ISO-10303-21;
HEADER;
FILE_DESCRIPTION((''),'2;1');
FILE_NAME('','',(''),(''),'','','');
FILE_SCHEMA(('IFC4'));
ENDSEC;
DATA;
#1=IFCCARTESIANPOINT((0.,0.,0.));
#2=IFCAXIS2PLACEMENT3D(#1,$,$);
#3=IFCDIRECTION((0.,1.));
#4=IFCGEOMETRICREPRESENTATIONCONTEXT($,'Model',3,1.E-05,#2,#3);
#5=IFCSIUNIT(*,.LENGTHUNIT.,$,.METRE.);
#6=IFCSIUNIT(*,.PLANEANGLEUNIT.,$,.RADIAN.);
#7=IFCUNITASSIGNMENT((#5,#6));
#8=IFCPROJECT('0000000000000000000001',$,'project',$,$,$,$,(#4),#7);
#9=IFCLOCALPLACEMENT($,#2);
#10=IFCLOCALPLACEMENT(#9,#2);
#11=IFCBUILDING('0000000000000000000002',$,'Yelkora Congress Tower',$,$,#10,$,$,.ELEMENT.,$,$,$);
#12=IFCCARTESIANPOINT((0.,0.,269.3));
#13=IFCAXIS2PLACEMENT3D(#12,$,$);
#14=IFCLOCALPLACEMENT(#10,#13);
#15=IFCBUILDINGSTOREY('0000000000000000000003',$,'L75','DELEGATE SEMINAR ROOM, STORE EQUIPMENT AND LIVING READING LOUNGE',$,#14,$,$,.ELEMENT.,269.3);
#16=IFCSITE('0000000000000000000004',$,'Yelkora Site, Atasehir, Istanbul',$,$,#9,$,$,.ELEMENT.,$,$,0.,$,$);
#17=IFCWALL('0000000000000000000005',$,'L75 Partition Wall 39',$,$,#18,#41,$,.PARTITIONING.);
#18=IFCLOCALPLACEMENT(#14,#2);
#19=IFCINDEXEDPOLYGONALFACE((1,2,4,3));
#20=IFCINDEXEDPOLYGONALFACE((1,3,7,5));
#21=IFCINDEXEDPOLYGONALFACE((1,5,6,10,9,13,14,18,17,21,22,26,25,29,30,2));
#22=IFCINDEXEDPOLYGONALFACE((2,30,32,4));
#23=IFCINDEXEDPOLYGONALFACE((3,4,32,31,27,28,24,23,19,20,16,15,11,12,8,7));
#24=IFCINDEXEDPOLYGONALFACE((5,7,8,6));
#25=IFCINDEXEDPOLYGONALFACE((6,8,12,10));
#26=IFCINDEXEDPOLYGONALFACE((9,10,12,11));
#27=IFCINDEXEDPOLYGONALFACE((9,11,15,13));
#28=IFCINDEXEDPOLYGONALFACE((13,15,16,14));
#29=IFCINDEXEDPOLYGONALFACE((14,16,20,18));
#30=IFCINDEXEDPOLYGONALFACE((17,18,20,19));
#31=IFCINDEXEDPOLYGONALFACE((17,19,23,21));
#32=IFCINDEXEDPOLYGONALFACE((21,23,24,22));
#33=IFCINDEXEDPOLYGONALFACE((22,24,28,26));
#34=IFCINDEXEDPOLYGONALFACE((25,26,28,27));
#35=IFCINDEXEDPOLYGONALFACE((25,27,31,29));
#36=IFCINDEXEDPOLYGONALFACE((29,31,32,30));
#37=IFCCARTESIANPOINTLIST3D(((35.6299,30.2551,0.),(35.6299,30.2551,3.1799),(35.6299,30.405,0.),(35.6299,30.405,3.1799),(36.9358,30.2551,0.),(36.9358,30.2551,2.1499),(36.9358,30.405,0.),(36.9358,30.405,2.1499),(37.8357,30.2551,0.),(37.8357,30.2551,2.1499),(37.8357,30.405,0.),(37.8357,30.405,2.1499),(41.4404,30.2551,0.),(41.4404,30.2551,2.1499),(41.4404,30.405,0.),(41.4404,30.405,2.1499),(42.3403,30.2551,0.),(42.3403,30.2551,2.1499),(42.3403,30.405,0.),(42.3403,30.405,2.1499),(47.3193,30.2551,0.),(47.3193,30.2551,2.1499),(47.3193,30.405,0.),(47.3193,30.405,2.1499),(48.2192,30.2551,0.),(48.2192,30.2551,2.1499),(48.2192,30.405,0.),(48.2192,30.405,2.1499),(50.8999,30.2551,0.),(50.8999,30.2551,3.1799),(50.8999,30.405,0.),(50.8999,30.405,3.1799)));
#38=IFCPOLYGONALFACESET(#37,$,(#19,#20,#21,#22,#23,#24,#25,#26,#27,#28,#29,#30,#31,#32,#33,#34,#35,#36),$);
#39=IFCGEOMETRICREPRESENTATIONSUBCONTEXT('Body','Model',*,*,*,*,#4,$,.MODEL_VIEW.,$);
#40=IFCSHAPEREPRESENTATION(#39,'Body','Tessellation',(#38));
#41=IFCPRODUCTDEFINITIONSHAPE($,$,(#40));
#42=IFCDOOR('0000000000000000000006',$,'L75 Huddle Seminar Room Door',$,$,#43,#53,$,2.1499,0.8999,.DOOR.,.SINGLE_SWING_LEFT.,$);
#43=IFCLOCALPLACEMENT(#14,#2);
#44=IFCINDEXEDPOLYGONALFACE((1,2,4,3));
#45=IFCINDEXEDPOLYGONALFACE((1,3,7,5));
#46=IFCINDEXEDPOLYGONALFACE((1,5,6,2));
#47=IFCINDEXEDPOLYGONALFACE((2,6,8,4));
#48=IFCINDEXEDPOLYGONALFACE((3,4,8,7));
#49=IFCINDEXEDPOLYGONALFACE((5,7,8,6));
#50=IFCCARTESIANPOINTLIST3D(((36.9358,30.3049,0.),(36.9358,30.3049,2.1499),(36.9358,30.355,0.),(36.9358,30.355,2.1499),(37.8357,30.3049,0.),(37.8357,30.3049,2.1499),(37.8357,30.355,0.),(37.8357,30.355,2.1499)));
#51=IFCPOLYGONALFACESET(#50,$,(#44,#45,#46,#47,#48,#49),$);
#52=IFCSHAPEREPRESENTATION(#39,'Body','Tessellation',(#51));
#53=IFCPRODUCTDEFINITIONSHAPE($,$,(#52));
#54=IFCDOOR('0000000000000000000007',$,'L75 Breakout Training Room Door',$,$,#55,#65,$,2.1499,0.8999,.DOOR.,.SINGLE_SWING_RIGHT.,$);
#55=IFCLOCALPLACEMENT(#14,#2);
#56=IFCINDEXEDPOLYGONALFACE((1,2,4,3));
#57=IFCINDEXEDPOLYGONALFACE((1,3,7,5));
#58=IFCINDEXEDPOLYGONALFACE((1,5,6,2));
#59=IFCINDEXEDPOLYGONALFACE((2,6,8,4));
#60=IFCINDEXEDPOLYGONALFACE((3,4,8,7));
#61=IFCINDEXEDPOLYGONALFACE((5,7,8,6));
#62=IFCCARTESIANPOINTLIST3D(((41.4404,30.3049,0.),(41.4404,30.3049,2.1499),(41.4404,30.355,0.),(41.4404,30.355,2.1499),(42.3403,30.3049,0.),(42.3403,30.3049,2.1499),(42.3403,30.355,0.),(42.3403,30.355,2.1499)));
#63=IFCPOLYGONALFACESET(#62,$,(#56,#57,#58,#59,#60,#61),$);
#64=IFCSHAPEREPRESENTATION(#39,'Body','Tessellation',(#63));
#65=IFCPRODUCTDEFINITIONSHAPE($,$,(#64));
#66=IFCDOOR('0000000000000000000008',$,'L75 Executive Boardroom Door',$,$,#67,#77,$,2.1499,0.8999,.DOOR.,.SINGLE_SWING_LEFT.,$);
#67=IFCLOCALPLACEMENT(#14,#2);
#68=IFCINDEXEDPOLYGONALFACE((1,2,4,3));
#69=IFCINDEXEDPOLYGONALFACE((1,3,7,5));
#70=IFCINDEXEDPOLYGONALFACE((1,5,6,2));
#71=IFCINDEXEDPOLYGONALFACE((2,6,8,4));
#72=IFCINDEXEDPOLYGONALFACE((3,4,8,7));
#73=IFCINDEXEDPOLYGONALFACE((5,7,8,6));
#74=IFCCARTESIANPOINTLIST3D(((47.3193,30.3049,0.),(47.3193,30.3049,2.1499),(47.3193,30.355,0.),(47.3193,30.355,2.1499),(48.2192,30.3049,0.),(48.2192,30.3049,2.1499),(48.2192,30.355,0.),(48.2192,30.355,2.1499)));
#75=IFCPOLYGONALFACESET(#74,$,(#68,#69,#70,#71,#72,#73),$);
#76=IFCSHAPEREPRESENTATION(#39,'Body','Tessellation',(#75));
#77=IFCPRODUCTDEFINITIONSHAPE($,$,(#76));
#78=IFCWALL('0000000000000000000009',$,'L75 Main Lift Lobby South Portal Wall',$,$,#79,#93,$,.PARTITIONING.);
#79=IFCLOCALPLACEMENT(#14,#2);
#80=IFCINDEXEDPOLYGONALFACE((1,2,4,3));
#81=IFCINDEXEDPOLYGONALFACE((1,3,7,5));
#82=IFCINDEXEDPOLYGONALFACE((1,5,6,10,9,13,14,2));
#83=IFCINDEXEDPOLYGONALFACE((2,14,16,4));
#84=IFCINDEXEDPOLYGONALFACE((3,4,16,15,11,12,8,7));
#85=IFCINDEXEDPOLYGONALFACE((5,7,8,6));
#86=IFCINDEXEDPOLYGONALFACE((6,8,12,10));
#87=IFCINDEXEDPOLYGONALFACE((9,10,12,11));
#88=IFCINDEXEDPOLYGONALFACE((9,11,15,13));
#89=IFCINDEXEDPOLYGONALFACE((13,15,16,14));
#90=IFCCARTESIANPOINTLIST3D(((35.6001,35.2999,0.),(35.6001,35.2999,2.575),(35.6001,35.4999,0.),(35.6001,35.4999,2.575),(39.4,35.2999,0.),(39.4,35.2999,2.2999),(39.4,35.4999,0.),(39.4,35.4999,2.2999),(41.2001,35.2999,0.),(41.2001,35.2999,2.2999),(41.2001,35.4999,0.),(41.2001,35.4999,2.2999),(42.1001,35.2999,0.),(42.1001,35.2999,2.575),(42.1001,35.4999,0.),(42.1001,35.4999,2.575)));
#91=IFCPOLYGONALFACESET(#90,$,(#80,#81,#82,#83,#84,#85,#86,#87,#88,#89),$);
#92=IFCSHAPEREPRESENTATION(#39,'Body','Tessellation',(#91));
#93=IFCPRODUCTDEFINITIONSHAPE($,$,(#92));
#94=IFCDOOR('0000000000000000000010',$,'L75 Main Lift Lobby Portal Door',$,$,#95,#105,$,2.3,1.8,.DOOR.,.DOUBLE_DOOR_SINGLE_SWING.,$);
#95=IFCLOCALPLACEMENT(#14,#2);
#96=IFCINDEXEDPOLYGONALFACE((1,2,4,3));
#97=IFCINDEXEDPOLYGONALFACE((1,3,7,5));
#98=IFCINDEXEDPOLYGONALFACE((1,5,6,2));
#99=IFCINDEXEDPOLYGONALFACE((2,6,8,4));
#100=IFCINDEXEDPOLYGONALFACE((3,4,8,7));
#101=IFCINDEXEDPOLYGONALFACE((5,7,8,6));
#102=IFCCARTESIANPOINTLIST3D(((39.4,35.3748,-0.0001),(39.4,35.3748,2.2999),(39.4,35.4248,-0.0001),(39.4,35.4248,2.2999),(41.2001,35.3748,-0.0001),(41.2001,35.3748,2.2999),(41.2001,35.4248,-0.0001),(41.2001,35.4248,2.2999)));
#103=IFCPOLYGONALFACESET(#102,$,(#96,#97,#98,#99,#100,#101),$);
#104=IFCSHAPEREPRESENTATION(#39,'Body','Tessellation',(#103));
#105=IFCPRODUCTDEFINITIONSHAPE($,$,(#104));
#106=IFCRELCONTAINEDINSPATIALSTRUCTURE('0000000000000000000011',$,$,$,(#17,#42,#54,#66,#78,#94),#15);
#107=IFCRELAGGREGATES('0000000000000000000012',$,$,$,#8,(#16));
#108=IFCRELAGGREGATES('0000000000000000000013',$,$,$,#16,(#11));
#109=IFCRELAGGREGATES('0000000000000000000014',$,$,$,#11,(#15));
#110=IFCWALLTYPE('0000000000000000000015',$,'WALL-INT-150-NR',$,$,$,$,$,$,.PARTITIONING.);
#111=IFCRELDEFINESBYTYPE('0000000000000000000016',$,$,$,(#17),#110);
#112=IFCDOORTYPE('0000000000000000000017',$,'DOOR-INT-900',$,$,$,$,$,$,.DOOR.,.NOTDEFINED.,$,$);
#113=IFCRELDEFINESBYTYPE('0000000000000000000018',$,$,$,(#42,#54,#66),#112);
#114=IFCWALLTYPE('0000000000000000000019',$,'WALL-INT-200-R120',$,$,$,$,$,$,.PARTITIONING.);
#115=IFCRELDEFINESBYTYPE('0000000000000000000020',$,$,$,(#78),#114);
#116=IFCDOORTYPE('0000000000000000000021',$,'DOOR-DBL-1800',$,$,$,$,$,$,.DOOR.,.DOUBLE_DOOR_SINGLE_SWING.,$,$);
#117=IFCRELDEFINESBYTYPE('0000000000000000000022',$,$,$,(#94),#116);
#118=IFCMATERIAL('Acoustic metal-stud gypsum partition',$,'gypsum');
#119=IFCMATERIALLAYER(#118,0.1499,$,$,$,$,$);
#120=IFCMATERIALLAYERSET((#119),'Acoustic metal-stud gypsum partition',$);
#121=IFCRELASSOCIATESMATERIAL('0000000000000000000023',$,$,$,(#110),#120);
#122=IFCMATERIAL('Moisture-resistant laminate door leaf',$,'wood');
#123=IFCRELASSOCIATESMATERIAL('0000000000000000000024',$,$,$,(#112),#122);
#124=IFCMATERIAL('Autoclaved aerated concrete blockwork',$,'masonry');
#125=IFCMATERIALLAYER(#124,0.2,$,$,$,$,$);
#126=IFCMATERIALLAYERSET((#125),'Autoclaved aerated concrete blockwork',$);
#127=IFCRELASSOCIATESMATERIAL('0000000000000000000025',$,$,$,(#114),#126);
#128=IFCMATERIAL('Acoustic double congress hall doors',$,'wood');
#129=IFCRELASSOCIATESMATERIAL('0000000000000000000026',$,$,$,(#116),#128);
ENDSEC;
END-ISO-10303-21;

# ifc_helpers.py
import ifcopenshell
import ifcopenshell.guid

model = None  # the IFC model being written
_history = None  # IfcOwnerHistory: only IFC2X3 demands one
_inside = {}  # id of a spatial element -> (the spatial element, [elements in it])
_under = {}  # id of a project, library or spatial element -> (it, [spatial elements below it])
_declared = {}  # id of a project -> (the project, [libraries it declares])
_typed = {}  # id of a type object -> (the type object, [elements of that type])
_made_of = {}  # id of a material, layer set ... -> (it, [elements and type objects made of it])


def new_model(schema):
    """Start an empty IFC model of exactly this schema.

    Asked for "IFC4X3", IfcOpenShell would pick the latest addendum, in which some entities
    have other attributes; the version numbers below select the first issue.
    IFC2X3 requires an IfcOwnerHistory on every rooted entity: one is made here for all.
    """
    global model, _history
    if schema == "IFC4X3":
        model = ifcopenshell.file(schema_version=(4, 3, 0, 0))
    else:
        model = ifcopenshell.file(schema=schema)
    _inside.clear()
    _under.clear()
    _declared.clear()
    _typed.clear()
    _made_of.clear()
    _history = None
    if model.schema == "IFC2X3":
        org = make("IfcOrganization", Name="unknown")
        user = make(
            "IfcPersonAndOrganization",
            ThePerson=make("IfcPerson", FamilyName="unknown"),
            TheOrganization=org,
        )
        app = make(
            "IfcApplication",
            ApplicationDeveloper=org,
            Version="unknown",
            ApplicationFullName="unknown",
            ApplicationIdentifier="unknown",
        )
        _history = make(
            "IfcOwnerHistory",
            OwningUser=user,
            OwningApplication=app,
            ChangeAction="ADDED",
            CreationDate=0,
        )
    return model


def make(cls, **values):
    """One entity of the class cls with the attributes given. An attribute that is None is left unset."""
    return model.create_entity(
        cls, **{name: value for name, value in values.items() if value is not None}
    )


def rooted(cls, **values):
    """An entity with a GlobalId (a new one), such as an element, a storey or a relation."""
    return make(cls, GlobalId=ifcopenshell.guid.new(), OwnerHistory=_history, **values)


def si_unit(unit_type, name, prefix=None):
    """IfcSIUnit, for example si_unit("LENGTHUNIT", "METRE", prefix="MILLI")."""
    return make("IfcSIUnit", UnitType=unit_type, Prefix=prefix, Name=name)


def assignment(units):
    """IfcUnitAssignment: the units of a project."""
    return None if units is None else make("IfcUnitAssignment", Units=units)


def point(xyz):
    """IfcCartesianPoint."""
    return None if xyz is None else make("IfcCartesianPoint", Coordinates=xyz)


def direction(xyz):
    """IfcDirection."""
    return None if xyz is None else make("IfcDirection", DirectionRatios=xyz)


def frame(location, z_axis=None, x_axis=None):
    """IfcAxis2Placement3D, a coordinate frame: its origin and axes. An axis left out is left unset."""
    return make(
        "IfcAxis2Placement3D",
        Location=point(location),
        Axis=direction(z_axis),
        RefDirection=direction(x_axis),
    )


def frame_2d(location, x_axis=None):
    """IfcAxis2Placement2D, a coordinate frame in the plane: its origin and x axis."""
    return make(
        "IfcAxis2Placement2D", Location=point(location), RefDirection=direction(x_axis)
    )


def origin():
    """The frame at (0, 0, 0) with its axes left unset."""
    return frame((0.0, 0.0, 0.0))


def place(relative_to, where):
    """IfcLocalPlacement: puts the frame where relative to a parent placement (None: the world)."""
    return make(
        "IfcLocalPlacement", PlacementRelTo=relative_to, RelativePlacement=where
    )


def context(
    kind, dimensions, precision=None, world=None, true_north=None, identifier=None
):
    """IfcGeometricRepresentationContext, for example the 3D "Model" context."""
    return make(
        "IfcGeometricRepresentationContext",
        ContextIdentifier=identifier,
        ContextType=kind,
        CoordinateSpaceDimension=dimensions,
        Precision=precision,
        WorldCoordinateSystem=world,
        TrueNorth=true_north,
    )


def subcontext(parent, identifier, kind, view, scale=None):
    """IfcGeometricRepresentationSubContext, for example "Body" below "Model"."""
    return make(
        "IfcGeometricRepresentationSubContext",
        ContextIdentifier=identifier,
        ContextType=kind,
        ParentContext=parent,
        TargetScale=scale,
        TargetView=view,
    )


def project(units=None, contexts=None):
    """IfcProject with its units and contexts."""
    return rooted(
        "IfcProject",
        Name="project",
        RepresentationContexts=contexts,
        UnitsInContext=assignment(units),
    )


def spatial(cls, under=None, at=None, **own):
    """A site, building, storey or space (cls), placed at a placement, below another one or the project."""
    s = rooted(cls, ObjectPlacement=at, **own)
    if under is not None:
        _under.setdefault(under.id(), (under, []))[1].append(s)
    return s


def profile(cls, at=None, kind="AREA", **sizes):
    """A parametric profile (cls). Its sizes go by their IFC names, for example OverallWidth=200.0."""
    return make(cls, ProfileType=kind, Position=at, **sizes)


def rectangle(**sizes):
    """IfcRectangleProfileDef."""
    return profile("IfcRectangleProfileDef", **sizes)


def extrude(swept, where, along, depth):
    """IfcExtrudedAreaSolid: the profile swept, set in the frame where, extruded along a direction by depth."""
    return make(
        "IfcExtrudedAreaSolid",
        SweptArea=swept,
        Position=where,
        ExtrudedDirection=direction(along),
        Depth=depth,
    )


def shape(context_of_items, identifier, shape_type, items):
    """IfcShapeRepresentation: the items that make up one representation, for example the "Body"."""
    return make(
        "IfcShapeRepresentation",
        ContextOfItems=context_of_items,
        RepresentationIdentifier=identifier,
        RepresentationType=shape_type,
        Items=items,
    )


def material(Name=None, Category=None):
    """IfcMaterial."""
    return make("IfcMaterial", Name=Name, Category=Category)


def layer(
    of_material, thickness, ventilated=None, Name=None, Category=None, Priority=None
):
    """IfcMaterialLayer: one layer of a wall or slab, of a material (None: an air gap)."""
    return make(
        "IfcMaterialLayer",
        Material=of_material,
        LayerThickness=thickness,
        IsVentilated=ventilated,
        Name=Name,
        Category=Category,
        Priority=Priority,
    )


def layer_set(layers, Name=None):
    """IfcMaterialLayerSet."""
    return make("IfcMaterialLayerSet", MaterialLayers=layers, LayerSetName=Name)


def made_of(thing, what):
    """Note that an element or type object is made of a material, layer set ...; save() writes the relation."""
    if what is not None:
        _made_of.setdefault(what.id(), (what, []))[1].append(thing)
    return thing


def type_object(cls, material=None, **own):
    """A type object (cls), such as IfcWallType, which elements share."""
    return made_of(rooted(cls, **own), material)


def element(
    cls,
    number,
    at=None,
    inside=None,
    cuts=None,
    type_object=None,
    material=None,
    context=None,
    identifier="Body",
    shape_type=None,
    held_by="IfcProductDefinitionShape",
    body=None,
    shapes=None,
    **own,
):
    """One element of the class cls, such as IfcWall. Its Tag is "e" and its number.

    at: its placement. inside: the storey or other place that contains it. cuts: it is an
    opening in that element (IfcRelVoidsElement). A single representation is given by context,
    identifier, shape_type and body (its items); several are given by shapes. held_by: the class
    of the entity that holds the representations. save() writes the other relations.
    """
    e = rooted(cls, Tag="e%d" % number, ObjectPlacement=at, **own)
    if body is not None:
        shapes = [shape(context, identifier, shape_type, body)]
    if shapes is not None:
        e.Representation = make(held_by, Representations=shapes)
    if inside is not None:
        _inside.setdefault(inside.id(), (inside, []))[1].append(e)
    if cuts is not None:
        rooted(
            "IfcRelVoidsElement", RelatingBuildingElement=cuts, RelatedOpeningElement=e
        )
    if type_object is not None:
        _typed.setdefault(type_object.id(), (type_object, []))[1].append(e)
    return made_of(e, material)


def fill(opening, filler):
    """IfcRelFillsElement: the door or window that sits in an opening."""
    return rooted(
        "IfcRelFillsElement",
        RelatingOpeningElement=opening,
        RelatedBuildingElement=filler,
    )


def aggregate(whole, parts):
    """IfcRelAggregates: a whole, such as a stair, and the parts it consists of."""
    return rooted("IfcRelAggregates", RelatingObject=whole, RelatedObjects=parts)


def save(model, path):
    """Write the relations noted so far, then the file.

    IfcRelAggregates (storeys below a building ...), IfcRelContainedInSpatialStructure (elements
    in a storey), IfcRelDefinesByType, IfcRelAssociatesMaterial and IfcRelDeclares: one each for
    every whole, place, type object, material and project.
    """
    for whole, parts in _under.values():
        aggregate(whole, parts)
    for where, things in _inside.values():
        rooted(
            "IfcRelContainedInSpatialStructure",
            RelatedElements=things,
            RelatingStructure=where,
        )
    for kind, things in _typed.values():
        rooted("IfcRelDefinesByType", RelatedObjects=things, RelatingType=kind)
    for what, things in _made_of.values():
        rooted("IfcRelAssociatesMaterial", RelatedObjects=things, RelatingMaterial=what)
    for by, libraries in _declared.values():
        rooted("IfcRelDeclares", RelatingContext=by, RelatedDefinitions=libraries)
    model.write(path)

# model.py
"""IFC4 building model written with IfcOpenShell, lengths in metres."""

from ifc_helpers import new_model, si_unit, direction, frame, frame_2d, origin, place, context, subcontext, project, spatial, rectangle, extrude, material, layer, layer_set, type_object, element, fill, save


model = new_model("IFC4")

# Units and contexts
model_context = context("Model", 3, precision=1e-05, world=origin(), true_north=direction((0.0, 1.0)))
body_context = subcontext(model_context, "Body", "Model", "MODEL_VIEW")
ifc_project = project(units=[si_unit("LENGTHUNIT", "METRE"), si_unit("PLANEANGLEUNIT", "RADIAN")], contexts=[model_context])

# Site, building, storey
site_placement = place(None, origin())
site = spatial("IfcSite", under=ifc_project, at=site_placement, Name="Yelkora Site, Atasehir, Istanbul", CompositionType="ELEMENT", RefElevation=0.0)
building_placement = place(site_placement, origin())
building = spatial("IfcBuilding", under=site, at=building_placement, Name="Yelkora Congress Tower", CompositionType="ELEMENT")
storey_placement = place(building_placement, frame((0.0, 0.0, 269.3)))
storey = spatial("IfcBuildingStorey", under=building, at=storey_placement, Name="L75", Description="DELEGATE SEMINAR ROOM, STORE EQUIPMENT AND LIVING READING LOUNGE", CompositionType="ELEMENT", Elevation=269.3)

# Shared definitions
ifc_material_1 = material(Name="Acoustic metal-stud gypsum partition", Category="gypsum")
ifc_layer_1 = layer(ifc_material_1, 0.1499)
ifc_layer_set_1 = layer_set([ifc_layer_1], Name="Acoustic metal-stud gypsum partition")
wall_type_1 = type_object("IfcWallType", Name="WALL-INT-150-NR", PredefinedType="PARTITIONING", material=ifc_layer_set_1)

# Wall, openings, doors
wall_1_placement = place(storey_placement, frame((35.6299, 30.3301, 0.0), z_axis=(0.0, 0.0, 1.0), x_axis=(1.0, 0.0, 0.0)))
wall_1 = element("IfcWall", 1, at=wall_1_placement, inside=storey, type_object=wall_type_1, Name="L75 Partition Wall 39", PredefinedType="PARTITIONING", context=body_context, shape_type="SweptSolid", body=[
    extrude(rectangle(XDim=15.27, YDim=0.1499, at=frame_2d((7.635, 0.0))), origin(), (0.0, 0.0, 1.0), 3.1799),
])
opening_1_placement = place(wall_1_placement, frame((1.3059, 0.0, 0.0)))
opening_1 = element("IfcOpeningElement", 2, at=opening_1_placement, cuts=wall_1, PredefinedType="OPENING", context=body_context, shape_type="SweptSolid", body=[
    extrude(rectangle(XDim=0.8999, YDim=2.1499, at=frame_2d((0.45, 1.075))), frame((0.0, 0.085, 0.0), z_axis=(0.0, -1.0, 0.0), x_axis=(1.0, 0.0, 0.0)), (0.0, 0.0, 1.0), 0.1699),
])
opening_2_placement = place(wall_1_placement, frame((5.8105, 0.0, 0.0)))
opening_2 = element("IfcOpeningElement", 3, at=opening_2_placement, cuts=wall_1, PredefinedType="OPENING", context=body_context, shape_type="SweptSolid", body=[
    extrude(rectangle(XDim=0.8999, YDim=2.1499, at=frame_2d((0.45, 1.075))), frame((0.0, 0.085, 0.0), z_axis=(0.0, -1.0, 0.0), x_axis=(1.0, 0.0, 0.0)), (0.0, 0.0, 1.0), 0.1699),
])
opening_3_placement = place(wall_1_placement, frame((11.6895, 0.0, 0.0)))
opening_3 = element("IfcOpeningElement", 4, at=opening_3_placement, cuts=wall_1, PredefinedType="OPENING", context=body_context, shape_type="SweptSolid", body=[
    extrude(rectangle(XDim=0.8999, YDim=2.1499, at=frame_2d((0.45, 1.075))), frame((0.0, 0.085, 0.0), z_axis=(0.0, -1.0, 0.0), x_axis=(1.0, 0.0, 0.0)), (0.0, 0.0, 1.0), 0.1699),
])
ifc_material_2 = material(Name="Moisture-resistant laminate door leaf", Category="wood")
door_type_1 = type_object("IfcDoorType", Name="DOOR-INT-900", OperationType="NOTDEFINED", PredefinedType="DOOR", material=ifc_material_2)
door_1_placement = place(opening_1_placement, origin())
door_1 = element("IfcDoor", 5, at=door_1_placement, inside=storey, type_object=door_type_1, Name="L75 Huddle Seminar Room Door", OperationType="SINGLE_SWING_LEFT", OverallHeight=2.1499, OverallWidth=0.8999, PredefinedType="DOOR", context=body_context, shape_type="SweptSolid", body=[
    extrude(rectangle(XDim=0.8999, YDim=2.1499, at=frame_2d((0.45, 1.075))), frame((0.0, 0.0249, 0.0), z_axis=(0.0, -1.0, 0.0), x_axis=(1.0, 0.0, 0.0)), (0.0, 0.0, 1.0), 0.05),
])
fill(opening_1, door_1)
door_2_placement = place(opening_2_placement, origin())
door_2 = element("IfcDoor", 6, at=door_2_placement, inside=storey, type_object=door_type_1, Name="L75 Breakout Training Room Door", OperationType="SINGLE_SWING_RIGHT", OverallHeight=2.1499, OverallWidth=0.8999, PredefinedType="DOOR", context=body_context, shape_type="SweptSolid", body=[
    extrude(rectangle(XDim=0.8999, YDim=2.1499, at=frame_2d((0.45, 1.075))), frame((0.0, 0.0249, 0.0), z_axis=(0.0, -1.0, 0.0), x_axis=(1.0, 0.0, 0.0)), (0.0, 0.0, 1.0), 0.05),
])
fill(opening_2, door_2)
door_3_placement = place(opening_3_placement, origin())
door_3 = element("IfcDoor", 7, at=door_3_placement, inside=storey, type_object=door_type_1, Name="L75 Executive Boardroom Door", OperationType="SINGLE_SWING_LEFT", OverallHeight=2.1499, OverallWidth=0.8999, PredefinedType="DOOR", context=body_context, shape_type="SweptSolid", body=[
    extrude(rectangle(XDim=0.8999, YDim=2.1499, at=frame_2d((0.45, 1.075))), frame((0.0, 0.0249, 0.0), z_axis=(0.0, -1.0, 0.0), x_axis=(1.0, 0.0, 0.0)), (0.0, 0.0, 1.0), 0.05),
])
fill(opening_3, door_3)

# Wall, opening, door
ifc_material_3 = material(Name="Autoclaved aerated concrete blockwork", Category="masonry")
ifc_layer_2 = layer(ifc_material_3, 0.2)
ifc_layer_set_2 = layer_set([ifc_layer_2], Name="Autoclaved aerated concrete blockwork")
wall_type_2 = type_object("IfcWallType", Name="WALL-INT-200-R120", PredefinedType="PARTITIONING", material=ifc_layer_set_2)
wall_2_placement = place(storey_placement, frame((35.6001, 35.3999, 0.0), z_axis=(0.0, 0.0, 1.0), x_axis=(1.0, 0.0, 0.0)))
wall_2 = element("IfcWall", 8, at=wall_2_placement, inside=storey, type_object=wall_type_2, Name="L75 Main Lift Lobby South Portal Wall", PredefinedType="PARTITIONING", context=body_context, shape_type="SweptSolid", body=[
    extrude(rectangle(XDim=6.5, YDim=0.2, at=frame_2d((3.25, 0.0))), origin(), (0.0, 0.0, 1.0), 2.575),
])
opening_4_placement = place(wall_2_placement, frame((3.8, 0.0, 0.0)))
opening_4 = element("IfcOpeningElement", 9, at=opening_4_placement, cuts=wall_2, PredefinedType="OPENING", context=body_context, shape_type="SweptSolid", body=[
    extrude(rectangle(XDim=1.8, YDim=2.3, at=frame_2d((0.8999, 1.1499))), frame((0.0, 0.1099, 0.0), z_axis=(0.0, -1.0, 0.0), x_axis=(1.0, 0.0, 0.0)), (0.0, 0.0, 1.0), 0.22),
])
ifc_material_4 = material(Name="Acoustic double congress hall doors", Category="wood")
door_type_2 = type_object("IfcDoorType", Name="DOOR-DBL-1800", OperationType="DOUBLE_DOOR_SINGLE_SWING", PredefinedType="DOOR", material=ifc_material_4)
door_4_placement = place(opening_4_placement, origin())
door_4 = element("IfcDoor", 10, at=door_4_placement, inside=storey, type_object=door_type_2, Name="L75 Main Lift Lobby Portal Door", OperationType="DOUBLE_DOOR_SINGLE_SWING", OverallHeight=2.3, OverallWidth=1.8, PredefinedType="DOOR", context=body_context, shape_type="SweptSolid", body=[
    extrude(rectangle(XDim=1.8, YDim=2.3, at=frame_2d((0.8999, 1.1499))), frame((0.0, 0.0249, 0.0), z_axis=(0.0, -1.0, 0.0), x_axis=(1.0, 0.0, 0.0)), (0.0, 0.0, 1.0), 0.05),
])
fill(opening_4, door_4)

save(model, "model.ifc")
